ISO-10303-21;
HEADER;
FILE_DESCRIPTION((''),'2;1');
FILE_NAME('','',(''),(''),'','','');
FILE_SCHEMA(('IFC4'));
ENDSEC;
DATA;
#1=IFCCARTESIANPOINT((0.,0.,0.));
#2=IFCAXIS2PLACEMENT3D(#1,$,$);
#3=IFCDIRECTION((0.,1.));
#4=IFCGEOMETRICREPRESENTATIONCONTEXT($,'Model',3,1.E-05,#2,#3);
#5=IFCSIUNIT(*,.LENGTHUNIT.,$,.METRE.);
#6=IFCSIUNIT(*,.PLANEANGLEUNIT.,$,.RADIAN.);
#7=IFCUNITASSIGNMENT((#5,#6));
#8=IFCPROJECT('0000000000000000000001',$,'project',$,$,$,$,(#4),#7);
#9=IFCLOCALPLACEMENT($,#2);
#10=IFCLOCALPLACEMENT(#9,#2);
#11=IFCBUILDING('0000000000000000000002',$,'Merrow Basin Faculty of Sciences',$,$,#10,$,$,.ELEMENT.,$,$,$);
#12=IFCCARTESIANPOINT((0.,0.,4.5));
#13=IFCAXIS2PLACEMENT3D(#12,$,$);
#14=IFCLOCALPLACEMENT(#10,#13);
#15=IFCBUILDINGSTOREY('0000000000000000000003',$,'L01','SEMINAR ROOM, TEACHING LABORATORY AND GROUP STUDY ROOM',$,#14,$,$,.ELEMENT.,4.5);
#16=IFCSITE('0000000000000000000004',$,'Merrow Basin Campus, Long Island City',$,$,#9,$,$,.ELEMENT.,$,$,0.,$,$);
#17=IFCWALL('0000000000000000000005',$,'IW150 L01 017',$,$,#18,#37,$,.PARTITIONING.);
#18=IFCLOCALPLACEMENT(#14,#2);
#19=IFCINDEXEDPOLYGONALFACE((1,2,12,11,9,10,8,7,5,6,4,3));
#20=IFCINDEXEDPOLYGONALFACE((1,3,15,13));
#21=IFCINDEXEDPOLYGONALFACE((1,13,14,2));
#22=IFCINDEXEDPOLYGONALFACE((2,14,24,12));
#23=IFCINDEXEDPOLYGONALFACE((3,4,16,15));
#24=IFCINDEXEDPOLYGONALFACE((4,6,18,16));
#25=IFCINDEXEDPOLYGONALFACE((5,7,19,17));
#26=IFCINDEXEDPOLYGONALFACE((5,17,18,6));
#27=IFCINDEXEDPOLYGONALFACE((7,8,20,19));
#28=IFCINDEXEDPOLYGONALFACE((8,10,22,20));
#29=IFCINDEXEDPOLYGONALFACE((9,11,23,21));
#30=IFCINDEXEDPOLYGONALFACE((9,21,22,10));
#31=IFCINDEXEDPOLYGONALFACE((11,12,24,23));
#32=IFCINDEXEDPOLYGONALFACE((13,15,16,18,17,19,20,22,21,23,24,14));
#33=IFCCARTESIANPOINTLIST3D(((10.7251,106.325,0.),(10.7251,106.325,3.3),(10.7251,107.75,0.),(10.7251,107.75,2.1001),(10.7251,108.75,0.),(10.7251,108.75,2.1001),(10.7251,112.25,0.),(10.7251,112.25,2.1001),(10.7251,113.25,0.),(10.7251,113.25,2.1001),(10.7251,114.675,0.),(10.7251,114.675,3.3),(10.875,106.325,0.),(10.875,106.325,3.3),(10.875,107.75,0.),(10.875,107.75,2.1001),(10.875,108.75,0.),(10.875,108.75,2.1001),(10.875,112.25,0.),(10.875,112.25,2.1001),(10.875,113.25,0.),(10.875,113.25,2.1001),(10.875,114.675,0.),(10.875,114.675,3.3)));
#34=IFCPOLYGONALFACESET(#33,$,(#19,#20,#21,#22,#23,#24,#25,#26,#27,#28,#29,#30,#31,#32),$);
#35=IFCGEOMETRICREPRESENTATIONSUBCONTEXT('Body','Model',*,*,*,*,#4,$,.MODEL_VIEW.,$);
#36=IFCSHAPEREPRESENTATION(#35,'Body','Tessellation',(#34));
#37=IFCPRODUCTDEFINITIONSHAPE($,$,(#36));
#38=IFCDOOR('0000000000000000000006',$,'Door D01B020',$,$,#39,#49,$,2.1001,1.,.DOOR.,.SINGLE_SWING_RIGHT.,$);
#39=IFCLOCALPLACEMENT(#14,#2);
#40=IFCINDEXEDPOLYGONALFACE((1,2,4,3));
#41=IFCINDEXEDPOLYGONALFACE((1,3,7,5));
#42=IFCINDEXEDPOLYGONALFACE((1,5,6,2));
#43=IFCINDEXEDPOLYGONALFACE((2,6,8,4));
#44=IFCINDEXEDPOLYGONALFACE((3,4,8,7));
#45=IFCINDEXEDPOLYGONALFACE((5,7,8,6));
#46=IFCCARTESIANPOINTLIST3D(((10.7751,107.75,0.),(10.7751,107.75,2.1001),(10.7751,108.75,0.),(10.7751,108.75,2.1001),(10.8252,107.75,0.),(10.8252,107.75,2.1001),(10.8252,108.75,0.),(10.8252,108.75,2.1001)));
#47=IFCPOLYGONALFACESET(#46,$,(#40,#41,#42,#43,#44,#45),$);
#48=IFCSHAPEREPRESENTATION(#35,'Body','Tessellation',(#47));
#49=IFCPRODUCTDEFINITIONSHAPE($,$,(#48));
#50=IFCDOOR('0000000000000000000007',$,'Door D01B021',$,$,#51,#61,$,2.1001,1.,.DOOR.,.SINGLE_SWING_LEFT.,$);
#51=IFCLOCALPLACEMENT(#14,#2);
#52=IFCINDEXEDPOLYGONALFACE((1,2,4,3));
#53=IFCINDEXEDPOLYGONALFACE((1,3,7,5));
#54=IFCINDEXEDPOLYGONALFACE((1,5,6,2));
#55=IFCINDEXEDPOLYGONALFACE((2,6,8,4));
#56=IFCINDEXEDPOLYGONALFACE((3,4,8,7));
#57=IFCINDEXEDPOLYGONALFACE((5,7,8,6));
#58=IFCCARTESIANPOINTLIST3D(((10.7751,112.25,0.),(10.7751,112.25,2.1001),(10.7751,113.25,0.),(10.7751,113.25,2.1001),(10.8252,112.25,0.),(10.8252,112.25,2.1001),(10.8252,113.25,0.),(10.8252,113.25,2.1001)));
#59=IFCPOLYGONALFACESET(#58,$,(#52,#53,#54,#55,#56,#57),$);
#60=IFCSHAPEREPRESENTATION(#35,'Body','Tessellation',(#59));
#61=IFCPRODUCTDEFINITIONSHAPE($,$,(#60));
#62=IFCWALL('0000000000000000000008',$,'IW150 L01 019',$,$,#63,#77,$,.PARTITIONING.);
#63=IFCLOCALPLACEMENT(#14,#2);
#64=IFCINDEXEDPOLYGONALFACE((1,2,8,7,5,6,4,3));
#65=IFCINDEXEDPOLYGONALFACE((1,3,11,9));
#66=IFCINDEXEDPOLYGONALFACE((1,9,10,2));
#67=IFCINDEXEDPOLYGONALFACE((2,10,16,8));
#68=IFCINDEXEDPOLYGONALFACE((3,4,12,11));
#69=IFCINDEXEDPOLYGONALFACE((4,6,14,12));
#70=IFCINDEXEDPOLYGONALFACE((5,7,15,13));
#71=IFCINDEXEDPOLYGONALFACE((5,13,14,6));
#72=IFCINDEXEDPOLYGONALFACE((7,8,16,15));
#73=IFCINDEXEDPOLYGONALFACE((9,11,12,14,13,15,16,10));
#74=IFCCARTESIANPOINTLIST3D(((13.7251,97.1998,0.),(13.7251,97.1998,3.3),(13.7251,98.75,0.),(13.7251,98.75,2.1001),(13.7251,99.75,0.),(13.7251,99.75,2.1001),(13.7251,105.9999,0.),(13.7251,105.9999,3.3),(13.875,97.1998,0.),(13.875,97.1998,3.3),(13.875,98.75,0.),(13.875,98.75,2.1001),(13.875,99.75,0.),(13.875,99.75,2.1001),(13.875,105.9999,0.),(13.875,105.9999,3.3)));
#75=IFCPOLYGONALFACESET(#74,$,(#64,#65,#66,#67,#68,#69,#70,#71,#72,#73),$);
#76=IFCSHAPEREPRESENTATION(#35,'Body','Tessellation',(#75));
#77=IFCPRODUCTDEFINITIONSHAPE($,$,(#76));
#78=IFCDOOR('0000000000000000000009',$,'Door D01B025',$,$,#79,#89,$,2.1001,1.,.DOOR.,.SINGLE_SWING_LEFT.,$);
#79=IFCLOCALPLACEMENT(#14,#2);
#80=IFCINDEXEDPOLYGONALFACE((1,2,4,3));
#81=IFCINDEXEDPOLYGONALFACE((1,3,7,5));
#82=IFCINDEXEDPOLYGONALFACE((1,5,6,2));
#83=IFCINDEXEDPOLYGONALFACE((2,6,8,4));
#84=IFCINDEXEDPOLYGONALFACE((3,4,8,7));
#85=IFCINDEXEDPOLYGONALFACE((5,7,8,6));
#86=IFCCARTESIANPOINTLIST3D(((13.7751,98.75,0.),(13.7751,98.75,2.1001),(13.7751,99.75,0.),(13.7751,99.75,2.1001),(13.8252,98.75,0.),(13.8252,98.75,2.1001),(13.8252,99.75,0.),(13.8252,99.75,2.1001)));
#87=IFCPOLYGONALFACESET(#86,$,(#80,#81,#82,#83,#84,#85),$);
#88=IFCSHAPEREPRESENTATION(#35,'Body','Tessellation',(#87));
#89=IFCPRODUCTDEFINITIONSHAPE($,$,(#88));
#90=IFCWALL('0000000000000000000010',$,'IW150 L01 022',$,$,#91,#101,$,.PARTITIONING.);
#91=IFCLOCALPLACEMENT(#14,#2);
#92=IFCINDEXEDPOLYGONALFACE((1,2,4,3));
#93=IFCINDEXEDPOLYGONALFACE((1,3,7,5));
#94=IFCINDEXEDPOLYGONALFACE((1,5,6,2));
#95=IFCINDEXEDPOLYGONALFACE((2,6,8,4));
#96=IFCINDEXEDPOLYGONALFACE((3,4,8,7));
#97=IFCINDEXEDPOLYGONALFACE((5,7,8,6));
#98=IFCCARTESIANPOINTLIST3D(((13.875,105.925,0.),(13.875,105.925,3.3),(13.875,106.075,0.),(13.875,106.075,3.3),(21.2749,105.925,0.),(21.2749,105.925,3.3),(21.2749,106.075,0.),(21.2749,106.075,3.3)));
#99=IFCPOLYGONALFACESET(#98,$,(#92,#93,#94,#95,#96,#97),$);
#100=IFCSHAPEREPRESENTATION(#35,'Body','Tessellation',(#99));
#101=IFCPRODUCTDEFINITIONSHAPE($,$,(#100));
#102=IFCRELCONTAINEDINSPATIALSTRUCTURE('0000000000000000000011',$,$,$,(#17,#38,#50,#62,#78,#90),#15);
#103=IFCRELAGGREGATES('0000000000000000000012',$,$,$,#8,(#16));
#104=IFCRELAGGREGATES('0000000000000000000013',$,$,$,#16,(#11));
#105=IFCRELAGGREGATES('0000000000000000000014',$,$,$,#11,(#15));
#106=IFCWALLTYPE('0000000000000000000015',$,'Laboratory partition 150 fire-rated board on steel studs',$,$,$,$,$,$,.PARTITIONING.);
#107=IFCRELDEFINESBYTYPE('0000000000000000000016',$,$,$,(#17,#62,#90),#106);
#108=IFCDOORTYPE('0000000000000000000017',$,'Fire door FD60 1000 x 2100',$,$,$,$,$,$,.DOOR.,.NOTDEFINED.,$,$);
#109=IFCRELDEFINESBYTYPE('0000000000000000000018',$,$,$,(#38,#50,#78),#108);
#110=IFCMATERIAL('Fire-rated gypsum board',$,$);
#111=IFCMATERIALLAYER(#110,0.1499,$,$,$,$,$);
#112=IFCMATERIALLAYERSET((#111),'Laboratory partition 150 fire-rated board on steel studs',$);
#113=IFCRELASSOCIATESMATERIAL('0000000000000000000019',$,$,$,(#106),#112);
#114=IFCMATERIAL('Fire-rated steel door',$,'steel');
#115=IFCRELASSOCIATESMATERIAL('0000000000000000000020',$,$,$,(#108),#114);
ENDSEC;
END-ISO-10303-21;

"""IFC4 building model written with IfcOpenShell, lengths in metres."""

from ifc_helpers import new_model, si_unit, direction, frame, frame_2d, origin, place, context, subcontext, project, spatial, rectangle, extrude, material, layer, layer_set, type_object, element, fill, save


model = new_model("IFC4")

# Units and contexts
model_context = context("Model", 3, precision=1e-05, world=origin(), true_north=direction((0.0, 1.0)))
body_context = subcontext(model_context, "Body", "Model", "MODEL_VIEW")
ifc_project = project(units=[si_unit("LENGTHUNIT", "METRE"), si_unit("PLANEANGLEUNIT", "RADIAN")], contexts=[model_context])

# Site, building, storey
site_placement = place(None, origin())
site = spatial("IfcSite", under=ifc_project, at=site_placement, Name="Merrow Basin Campus, Long Island City", CompositionType="ELEMENT", RefElevation=0.0)
building_placement = place(site_placement, origin())
building = spatial("IfcBuilding", under=site, at=building_placement, Name="Merrow Basin Faculty of Sciences", CompositionType="ELEMENT")
storey_placement = place(building_placement, frame((0.0, 0.0, 4.5)))
storey = spatial("IfcBuildingStorey", under=building, at=storey_placement, Name="L01", Description="SEMINAR ROOM, TEACHING LABORATORY AND GROUP STUDY ROOM", CompositionType="ELEMENT", Elevation=4.5)

# Shared definitions
ifc_material_1 = material(Name="Fire-rated gypsum board")
ifc_layer_1 = layer(ifc_material_1, 0.1499)
ifc_layer_set_1 = layer_set([ifc_layer_1], Name="Laboratory partition 150 fire-rated board on steel studs")
wall_type_1 = type_object("IfcWallType", Name="Laboratory partition 150 fire-rated board on steel studs", PredefinedType="PARTITIONING", material=ifc_layer_set_1)
ifc_material_2 = material(Name="Fire-rated steel door", Category="steel")
door_type_1 = type_object("IfcDoorType", Name="Fire door FD60 1000 x 2100", OperationType="NOTDEFINED", PredefinedType="DOOR", material=ifc_material_2)

# Wall, openings, doors
wall_1_placement = place(storey_placement, frame((10.8, 106.325, 0.0), z_axis=(0.0, 0.0, 1.0), x_axis=(0.0, 1.0, 0.0)))
wall_1 = element("IfcWall", 1, at=wall_1_placement, inside=storey, type_object=wall_type_1, Name="IW150 L01 017", PredefinedType="PARTITIONING", context=body_context, shape_type="SweptSolid", body=[
    extrude(rectangle(XDim=8.3501, YDim=0.1499, at=frame_2d((4.175, 0.0))), origin(), (0.0, 0.0, 1.0), 3.3),
])
opening_1_placement = place(wall_1_placement, frame((1.425, 0.0, 0.0)))
opening_1 = element("IfcOpeningElement", 2, at=opening_1_placement, cuts=wall_1, PredefinedType="OPENING", context=body_context, shape_type="SweptSolid", body=[
    extrude(rectangle(XDim=1.0, YDim=2.1001, at=frame_2d((0.5, 1.05))), frame((0.0, 0.085, 0.0), z_axis=(0.0, -1.0, 0.0), x_axis=(1.0, 0.0, 0.0)), (0.0, 0.0, 1.0), 0.1699),
])
opening_2_placement = place(wall_1_placement, frame((5.925, 0.0, 0.0)))
opening_2 = element("IfcOpeningElement", 3, at=opening_2_placement, cuts=wall_1, PredefinedType="OPENING", context=body_context, shape_type="SweptSolid", body=[
    extrude(rectangle(XDim=1.0, YDim=2.1001, at=frame_2d((0.5, 1.05))), frame((0.0, 0.085, 0.0), z_axis=(0.0, -1.0, 0.0), x_axis=(1.0, 0.0, 0.0)), (0.0, 0.0, 1.0), 0.1699),
])
door_1_placement = place(opening_1_placement, origin())
door_1 = element("IfcDoor", 4, at=door_1_placement, inside=storey, type_object=door_type_1, Name="Door D01B020", OperationType="SINGLE_SWING_RIGHT", OverallHeight=2.1001, OverallWidth=1.0, PredefinedType="DOOR", context=body_context, shape_type="SweptSolid", body=[
    extrude(rectangle(XDim=1.0, YDim=2.1001, at=frame_2d((0.5, 1.05))), frame((0.0, 0.0249, 0.0), z_axis=(0.0, -1.0, 0.0), x_axis=(1.0, 0.0, 0.0)), (0.0, 0.0, 1.0), 0.05),
])
fill(opening_1, door_1)
door_2_placement = place(opening_2_placement, origin())
door_2 = element("IfcDoor", 5, at=door_2_placement, inside=storey, type_object=door_type_1, Name="Door D01B021", OperationType="SINGLE_SWING_LEFT", OverallHeight=2.1001, OverallWidth=1.0, PredefinedType="DOOR", context=body_context, shape_type="SweptSolid", body=[
    extrude(rectangle(XDim=1.0, YDim=2.1001, at=frame_2d((0.5, 1.05))), frame((0.0, 0.0249, 0.0), z_axis=(0.0, -1.0, 0.0), x_axis=(1.0, 0.0, 0.0)), (0.0, 0.0, 1.0), 0.05),
])
fill(opening_2, door_2)

# Wall, opening, door
wall_2_placement = place(storey_placement, frame((13.8, 97.2, 0.0), z_axis=(0.0, 0.0, 1.0), x_axis=(0.0, 1.0, 0.0)))
wall_2 = element("IfcWall", 6, at=wall_2_placement, inside=storey, type_object=wall_type_1, Name="IW150 L01 019", PredefinedType="PARTITIONING", context=body_context, shape_type="SweptSolid", body=[
    extrude(rectangle(XDim=8.8, YDim=0.1499, at=frame_2d((4.3999, 0.0))), origin(), (0.0, 0.0, 1.0), 3.3),
])
opening_3_placement = place(wall_2_placement, frame((1.55, 0.0, 0.0)))
opening_3 = element("IfcOpeningElement", 7, at=opening_3_placement, cuts=wall_2, PredefinedType="OPENING", context=body_context, shape_type="SweptSolid", body=[
    extrude(rectangle(XDim=1.0, YDim=2.1001, at=frame_2d((0.5, 1.05))), frame((0.0, 0.085, 0.0), z_axis=(0.0, -1.0, 0.0), x_axis=(1.0, 0.0, 0.0)), (0.0, 0.0, 1.0), 0.1699),
])
door_3_placement = place(opening_3_placement, origin())
door_3 = element("IfcDoor", 8, at=door_3_placement, inside=storey, type_object=door_type_1, Name="Door D01B025", OperationType="SINGLE_SWING_LEFT", OverallHeight=2.1001, OverallWidth=1.0, PredefinedType="DOOR", context=body_context, shape_type="SweptSolid", body=[
    extrude(rectangle(XDim=1.0, YDim=2.1001, at=frame_2d((0.5, 1.05))), frame((0.0, 0.0249, 0.0), z_axis=(0.0, -1.0, 0.0), x_axis=(1.0, 0.0, 0.0)), (0.0, 0.0, 1.0), 0.05),
])
fill(opening_3, door_3)

# Wall
wall_3_placement = place(storey_placement, frame((13.875, 106.0, 0.0), z_axis=(0.0, 0.0, 1.0), x_axis=(1.0, 0.0, 0.0)))
element("IfcWall", 9, at=wall_3_placement, inside=storey, type_object=wall_type_1, Name="IW150 L01 022", PredefinedType="PARTITIONING", context=body_context, shape_type="SweptSolid", body=[
    extrude(rectangle(XDim=7.3999, YDim=0.1499, at=frame_2d((3.7, 0.0))), origin(), (0.0, 0.0, 1.0), 3.3),
])

save(model, "model.ifc")
